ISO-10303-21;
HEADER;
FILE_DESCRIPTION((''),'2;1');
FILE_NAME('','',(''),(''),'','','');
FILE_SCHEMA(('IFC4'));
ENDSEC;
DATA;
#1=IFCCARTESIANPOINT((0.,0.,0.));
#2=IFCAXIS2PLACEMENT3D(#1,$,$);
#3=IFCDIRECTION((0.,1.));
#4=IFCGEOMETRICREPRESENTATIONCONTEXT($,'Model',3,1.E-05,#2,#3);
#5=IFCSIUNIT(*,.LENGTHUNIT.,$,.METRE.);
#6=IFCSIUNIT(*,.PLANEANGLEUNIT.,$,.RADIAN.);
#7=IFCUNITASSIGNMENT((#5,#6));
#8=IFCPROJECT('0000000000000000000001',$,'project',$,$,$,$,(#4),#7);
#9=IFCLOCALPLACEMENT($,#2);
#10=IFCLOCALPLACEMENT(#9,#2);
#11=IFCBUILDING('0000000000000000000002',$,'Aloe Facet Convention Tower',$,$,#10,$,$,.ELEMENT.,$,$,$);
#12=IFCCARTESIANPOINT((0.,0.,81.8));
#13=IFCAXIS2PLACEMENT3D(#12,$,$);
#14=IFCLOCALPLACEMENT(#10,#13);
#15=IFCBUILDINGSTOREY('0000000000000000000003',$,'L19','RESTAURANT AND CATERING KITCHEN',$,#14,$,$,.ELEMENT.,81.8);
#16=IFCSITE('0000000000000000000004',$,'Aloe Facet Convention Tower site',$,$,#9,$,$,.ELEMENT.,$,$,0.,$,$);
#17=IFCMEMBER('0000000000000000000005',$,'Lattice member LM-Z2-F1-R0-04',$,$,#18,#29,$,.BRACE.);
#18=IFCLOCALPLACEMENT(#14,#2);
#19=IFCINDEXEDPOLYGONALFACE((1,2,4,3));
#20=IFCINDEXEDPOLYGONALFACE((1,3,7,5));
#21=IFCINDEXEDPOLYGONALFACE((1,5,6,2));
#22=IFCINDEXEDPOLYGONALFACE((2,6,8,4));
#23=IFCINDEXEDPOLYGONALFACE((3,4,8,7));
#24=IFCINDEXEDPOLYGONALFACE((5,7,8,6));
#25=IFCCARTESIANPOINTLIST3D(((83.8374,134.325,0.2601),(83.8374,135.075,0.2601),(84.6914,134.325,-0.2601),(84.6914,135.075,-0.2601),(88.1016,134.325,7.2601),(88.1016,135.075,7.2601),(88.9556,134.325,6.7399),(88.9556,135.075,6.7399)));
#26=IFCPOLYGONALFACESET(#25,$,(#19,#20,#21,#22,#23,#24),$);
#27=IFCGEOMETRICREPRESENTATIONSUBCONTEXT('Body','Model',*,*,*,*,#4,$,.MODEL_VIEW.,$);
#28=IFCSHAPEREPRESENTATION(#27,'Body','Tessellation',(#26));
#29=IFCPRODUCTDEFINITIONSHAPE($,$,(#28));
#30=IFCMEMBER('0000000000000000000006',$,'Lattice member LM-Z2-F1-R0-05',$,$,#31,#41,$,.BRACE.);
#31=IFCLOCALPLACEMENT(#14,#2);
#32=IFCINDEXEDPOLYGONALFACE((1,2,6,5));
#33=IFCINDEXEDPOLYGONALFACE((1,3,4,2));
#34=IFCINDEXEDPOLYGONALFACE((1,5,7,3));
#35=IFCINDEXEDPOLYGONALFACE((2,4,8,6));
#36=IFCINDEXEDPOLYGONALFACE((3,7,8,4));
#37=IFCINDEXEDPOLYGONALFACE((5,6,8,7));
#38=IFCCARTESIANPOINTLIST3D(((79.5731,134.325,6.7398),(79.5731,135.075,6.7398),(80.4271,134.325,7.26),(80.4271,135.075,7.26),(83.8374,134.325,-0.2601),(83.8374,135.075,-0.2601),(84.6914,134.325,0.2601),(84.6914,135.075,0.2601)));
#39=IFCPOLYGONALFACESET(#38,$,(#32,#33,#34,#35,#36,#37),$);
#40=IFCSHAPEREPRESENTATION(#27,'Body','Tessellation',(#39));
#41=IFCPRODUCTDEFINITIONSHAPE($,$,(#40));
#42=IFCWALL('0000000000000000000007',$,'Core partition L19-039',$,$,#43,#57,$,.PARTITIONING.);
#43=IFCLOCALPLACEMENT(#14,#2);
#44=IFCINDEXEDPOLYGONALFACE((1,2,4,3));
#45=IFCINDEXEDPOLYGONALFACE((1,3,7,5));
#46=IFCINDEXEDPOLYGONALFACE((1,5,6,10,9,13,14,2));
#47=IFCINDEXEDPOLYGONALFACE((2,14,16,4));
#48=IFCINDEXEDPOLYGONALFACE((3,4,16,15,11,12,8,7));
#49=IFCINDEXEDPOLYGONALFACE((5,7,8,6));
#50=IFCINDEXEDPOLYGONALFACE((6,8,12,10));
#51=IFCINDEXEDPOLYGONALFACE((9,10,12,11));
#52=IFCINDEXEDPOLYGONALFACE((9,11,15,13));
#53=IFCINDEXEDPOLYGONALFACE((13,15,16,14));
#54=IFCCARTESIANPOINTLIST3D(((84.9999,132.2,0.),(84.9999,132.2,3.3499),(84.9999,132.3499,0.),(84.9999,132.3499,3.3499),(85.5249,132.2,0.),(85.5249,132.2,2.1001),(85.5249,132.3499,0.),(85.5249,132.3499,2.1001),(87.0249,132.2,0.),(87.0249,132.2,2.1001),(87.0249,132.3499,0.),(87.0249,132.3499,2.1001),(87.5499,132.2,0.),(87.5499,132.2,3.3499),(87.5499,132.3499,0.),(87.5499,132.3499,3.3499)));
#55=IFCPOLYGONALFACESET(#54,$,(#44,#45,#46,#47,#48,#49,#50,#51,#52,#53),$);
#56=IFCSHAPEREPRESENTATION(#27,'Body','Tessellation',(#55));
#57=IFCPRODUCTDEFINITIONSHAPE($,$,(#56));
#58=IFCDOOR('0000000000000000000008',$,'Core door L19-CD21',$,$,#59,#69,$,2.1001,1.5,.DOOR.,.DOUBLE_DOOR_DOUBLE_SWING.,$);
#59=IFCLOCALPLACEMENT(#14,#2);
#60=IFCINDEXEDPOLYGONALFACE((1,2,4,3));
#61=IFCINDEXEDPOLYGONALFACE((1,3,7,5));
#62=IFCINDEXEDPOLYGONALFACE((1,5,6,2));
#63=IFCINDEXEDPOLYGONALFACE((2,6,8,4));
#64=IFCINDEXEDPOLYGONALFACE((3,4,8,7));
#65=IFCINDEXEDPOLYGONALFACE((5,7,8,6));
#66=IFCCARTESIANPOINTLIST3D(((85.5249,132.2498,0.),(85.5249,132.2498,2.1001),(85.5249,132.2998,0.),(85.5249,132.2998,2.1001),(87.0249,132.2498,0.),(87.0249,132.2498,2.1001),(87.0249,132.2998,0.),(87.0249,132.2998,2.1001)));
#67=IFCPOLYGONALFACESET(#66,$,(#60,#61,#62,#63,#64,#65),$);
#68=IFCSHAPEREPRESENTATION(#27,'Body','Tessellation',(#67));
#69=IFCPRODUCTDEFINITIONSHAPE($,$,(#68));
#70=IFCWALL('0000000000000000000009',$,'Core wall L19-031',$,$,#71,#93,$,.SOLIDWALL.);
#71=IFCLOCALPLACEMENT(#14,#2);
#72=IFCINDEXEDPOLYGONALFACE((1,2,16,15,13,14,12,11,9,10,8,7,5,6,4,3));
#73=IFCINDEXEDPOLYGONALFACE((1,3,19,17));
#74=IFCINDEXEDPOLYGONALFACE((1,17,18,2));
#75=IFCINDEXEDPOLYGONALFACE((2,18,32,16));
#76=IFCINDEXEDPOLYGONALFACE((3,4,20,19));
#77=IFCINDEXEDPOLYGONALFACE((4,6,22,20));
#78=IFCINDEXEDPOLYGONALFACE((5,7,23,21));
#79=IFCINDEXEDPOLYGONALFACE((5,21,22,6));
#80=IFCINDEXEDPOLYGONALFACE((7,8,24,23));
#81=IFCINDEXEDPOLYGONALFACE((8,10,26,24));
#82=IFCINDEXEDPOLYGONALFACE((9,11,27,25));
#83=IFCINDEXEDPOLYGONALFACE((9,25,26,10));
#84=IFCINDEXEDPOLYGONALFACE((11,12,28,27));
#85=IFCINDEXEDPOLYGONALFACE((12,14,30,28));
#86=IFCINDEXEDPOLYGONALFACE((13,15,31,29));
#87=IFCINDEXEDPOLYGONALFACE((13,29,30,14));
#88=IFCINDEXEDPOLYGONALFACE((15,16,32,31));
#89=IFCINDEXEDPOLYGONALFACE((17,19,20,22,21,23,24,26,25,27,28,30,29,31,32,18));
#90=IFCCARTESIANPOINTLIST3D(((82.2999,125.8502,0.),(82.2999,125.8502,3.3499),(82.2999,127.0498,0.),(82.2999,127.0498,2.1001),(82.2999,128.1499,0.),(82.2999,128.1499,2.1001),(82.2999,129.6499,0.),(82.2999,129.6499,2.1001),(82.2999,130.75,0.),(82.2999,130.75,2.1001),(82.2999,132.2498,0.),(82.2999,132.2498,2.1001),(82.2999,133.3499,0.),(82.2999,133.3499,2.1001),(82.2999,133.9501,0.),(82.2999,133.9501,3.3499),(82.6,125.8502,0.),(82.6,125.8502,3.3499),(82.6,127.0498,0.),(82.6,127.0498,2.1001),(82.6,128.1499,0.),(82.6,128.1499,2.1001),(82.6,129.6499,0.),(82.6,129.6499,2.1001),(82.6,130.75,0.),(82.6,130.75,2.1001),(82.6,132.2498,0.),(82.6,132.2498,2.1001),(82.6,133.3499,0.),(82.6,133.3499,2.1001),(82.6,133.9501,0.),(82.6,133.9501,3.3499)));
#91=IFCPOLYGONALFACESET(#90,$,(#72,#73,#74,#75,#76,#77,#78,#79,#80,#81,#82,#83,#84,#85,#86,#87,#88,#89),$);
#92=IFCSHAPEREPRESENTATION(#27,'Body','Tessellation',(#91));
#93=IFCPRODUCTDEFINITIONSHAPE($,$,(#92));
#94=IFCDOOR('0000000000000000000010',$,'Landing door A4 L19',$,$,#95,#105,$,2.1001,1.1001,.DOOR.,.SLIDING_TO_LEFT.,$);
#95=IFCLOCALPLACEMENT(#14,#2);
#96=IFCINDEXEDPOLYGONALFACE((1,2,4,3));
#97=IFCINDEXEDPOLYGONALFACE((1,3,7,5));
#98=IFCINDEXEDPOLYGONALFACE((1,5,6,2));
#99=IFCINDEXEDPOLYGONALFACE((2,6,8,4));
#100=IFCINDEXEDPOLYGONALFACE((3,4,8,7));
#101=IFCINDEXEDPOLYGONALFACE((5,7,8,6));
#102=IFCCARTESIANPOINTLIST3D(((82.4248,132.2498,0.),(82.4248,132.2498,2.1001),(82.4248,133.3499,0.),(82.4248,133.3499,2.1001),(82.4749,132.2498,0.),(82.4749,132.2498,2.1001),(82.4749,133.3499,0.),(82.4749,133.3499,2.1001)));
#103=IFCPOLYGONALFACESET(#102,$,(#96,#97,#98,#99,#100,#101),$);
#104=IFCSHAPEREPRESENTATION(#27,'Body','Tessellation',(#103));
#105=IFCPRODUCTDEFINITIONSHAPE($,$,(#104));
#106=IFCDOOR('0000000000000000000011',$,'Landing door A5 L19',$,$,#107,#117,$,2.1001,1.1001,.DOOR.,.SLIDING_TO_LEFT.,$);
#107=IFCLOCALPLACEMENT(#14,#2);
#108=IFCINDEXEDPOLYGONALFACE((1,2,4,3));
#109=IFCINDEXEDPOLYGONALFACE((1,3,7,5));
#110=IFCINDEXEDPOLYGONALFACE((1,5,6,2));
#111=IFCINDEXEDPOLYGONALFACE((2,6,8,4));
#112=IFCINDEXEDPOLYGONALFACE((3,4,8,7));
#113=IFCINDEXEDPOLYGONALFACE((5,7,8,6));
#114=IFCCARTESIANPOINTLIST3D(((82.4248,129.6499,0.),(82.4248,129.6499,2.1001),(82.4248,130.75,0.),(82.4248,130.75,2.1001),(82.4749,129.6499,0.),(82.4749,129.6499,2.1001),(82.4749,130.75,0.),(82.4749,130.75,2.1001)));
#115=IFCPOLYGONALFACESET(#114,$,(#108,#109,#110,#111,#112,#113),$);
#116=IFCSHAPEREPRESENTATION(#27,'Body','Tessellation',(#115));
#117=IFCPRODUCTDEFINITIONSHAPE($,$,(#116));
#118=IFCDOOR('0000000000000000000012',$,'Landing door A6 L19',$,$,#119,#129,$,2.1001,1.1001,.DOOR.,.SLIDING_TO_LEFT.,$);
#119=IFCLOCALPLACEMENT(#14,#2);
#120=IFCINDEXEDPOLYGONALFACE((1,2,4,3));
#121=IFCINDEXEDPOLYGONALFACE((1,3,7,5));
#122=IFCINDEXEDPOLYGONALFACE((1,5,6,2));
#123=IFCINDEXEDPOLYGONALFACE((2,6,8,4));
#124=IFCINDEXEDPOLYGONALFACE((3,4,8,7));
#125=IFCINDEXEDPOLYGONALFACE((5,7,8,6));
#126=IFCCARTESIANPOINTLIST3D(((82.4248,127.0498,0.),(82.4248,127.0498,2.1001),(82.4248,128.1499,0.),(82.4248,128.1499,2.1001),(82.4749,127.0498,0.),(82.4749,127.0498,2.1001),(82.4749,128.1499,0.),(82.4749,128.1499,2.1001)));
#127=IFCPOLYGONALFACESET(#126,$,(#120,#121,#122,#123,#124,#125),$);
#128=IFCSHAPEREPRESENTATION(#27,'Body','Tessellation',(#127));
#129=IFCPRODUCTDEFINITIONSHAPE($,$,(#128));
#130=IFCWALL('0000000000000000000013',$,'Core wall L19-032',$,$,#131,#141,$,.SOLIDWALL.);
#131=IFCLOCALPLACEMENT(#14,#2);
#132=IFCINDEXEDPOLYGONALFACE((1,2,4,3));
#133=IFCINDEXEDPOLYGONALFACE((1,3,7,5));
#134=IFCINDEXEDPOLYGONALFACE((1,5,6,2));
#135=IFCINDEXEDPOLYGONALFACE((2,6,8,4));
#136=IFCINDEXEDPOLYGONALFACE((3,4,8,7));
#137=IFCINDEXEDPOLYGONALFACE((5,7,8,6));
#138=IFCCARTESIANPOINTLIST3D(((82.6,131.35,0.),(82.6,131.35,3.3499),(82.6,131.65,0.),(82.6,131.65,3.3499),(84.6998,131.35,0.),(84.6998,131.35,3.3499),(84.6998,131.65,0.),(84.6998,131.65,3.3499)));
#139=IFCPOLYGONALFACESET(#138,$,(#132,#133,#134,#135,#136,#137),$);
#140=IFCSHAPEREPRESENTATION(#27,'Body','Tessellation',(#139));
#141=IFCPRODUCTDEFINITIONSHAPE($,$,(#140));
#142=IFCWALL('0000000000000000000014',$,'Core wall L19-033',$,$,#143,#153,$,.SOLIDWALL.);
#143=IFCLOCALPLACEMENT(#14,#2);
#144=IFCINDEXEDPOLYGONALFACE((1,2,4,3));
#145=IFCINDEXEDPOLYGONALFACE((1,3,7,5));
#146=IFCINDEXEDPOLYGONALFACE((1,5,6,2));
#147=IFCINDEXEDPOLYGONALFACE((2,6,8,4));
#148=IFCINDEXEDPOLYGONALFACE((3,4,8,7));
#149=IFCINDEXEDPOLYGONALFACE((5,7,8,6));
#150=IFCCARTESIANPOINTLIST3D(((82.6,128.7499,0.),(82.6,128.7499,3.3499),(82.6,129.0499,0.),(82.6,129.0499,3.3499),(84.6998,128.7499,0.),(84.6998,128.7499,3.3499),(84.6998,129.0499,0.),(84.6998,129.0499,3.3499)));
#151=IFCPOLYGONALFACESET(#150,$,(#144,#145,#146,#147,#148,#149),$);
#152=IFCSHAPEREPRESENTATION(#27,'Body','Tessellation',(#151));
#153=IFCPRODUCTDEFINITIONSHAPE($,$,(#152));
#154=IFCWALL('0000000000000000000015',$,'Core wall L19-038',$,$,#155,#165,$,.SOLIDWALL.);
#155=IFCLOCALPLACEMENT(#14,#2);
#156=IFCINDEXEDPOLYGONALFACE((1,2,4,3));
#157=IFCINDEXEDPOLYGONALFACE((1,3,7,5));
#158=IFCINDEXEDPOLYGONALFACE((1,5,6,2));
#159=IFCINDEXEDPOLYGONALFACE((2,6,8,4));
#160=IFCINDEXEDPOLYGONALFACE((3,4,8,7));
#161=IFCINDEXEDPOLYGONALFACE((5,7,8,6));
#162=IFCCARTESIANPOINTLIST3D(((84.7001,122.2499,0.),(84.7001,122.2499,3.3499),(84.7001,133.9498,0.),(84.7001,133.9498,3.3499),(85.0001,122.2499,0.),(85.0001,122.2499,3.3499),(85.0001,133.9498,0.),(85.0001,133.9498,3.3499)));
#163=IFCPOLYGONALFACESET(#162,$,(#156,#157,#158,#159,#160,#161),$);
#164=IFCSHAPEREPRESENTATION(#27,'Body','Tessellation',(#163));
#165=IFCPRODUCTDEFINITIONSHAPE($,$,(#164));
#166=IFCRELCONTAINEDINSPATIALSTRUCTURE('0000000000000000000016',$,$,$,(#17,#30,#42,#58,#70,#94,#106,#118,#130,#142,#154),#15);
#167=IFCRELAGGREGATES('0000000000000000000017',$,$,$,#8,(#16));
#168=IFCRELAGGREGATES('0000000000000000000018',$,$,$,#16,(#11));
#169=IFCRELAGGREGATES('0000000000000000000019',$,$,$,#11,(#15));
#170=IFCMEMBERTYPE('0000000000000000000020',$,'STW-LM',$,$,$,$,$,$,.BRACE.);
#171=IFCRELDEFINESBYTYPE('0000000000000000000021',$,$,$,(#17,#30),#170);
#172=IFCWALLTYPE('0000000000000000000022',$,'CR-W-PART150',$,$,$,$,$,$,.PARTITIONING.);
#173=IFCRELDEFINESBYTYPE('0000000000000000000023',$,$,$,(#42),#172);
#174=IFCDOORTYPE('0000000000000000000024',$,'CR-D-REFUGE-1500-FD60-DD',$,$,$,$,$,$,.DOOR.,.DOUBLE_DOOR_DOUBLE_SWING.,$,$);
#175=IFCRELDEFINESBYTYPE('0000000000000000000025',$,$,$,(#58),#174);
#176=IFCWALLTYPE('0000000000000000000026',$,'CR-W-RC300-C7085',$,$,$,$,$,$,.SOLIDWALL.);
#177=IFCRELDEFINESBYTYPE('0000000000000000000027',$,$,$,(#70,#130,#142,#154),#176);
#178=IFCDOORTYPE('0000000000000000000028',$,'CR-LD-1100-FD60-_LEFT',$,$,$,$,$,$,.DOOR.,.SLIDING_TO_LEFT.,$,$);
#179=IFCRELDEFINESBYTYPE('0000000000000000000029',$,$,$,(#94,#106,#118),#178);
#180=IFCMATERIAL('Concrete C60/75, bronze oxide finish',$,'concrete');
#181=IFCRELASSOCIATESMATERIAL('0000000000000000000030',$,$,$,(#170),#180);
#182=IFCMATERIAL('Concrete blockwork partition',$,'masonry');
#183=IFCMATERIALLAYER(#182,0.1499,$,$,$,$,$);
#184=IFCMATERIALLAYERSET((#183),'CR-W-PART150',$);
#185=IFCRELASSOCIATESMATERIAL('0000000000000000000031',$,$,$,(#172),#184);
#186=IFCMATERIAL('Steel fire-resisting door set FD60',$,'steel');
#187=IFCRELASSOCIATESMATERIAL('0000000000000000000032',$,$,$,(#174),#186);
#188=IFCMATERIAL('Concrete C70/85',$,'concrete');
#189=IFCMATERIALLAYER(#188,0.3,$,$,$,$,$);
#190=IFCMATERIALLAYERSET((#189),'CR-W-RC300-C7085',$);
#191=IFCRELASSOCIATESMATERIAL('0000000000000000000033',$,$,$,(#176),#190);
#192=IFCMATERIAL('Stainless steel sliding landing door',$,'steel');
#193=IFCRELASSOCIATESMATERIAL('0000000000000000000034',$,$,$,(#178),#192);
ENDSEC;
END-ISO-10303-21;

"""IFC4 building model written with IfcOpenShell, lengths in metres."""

from ifc_helpers import new_model, si_unit, direction, frame, frame_2d, origin, origin_2d, place, context, subcontext, project, spatial, rectangle, extrude, material, layer, layer_set, material_profile, profile_set, type_object, element, fill, save


model = new_model("IFC4")

# Units and contexts
model_context = context("Model", 3, precision=1e-05, world=origin(), true_north=direction((0.0, 1.0)))
body_context = subcontext(model_context, "Body", "Model", "MODEL_VIEW")
ifc_project = project(units=[si_unit("LENGTHUNIT", "METRE"), si_unit("PLANEANGLEUNIT", "RADIAN")], contexts=[model_context])

# Site, building, storey
site_placement = place(None, origin())
site = spatial("IfcSite", under=ifc_project, at=site_placement, Name="Aloe Facet Convention Tower site", CompositionType="ELEMENT", RefElevation=0.0)
building_placement = place(site_placement, origin())
building = spatial("IfcBuilding", under=site, at=building_placement, Name="Aloe Facet Convention Tower", CompositionType="ELEMENT")
storey_placement = place(building_placement, frame((0.0, 0.0, 81.8)))
storey = spatial("IfcBuildingStorey", under=building, at=storey_placement, Name="L19", Description="RESTAURANT AND CATERING KITCHEN", CompositionType="ELEMENT", Elevation=81.8)

# Members
ifc_material_1 = material(Name="Concrete C60/75, bronze oxide finish", Category="concrete")
ifc_material_profile = material_profile(ifc_material_1, rectangle(XDim=0.75, YDim=1.0, at=origin_2d()), Name="STW-LM")
ifc_profile_set = profile_set([ifc_material_profile], Name="Concrete C60/75, bronze oxide finish")
member_type = type_object("IfcMemberType", Name="STW-LM", PredefinedType="BRACE", material=ifc_profile_set)
for number, where, z_axis, x_axis, name in (
    (1, (84.2644, 134.7, 0.0), (0.52024, 0.0, 0.85402), (0.0, 1.0, 0.0), "Lattice member LM-Z2-F1-R0-04"),
    (2, (84.2644, 134.7, 0.0), (-0.520262, 0.0, 0.854007), (0.0, -1.0, 0.0), "Lattice member LM-Z2-F1-R0-05"),
):
    element("IfcMember", number, at=place(storey_placement, frame(where, z_axis=z_axis, x_axis=x_axis)), inside=storey, type_object=member_type, Name=name, PredefinedType="BRACE", context=body_context, shape_type="SweptSolid", body=[
        extrude(rectangle(XDim=0.75, YDim=1.0, at=origin_2d()), origin(), (0.0, 0.0, 1.0), 8.1965),
    ])

# Wall, opening, door
ifc_material_2 = material(Name="Concrete blockwork partition", Category="masonry")
ifc_layer_1 = layer(ifc_material_2, 0.1499)
ifc_layer_set_1 = layer_set([ifc_layer_1], Name="CR-W-PART150")
wall_type_1 = type_object("IfcWallType", Name="CR-W-PART150", PredefinedType="PARTITIONING", material=ifc_layer_set_1)
wall_1_placement = place(storey_placement, frame((85.0, 132.2749, 0.0), z_axis=(0.0, 0.0, 1.0), x_axis=(1.0, 0.0, 0.0)))
wall_1 = element("IfcWall", 3, at=wall_1_placement, inside=storey, type_object=wall_type_1, Name="Core partition L19-039", PredefinedType="PARTITIONING", context=body_context, shape_type="SweptSolid", body=[
    extrude(rectangle(XDim=2.55, YDim=0.1499, at=frame_2d((1.2749, 0.0))), origin(), (0.0, 0.0, 1.0), 3.3499),
])
opening_1_placement = place(wall_1_placement, frame((0.5249, 0.0, 0.0)))
opening_1 = element("IfcOpeningElement", 4, at=opening_1_placement, cuts=wall_1, PredefinedType="OPENING", context=body_context, shape_type="SweptSolid", body=[
    extrude(rectangle(XDim=1.5, YDim=2.1001, at=frame_2d((0.75, 1.05))), frame((0.0, 0.085, 0.0), z_axis=(0.0, -1.0, 0.0), x_axis=(1.0, 0.0, 0.0)), (0.0, 0.0, 1.0), 0.1699),
])
ifc_material_3 = material(Name="Steel fire-resisting door set FD60", Category="steel")
door_type_1 = type_object("IfcDoorType", Name="CR-D-REFUGE-1500-FD60-DD", OperationType="DOUBLE_DOOR_DOUBLE_SWING", PredefinedType="DOOR", material=ifc_material_3)
door_1_placement = place(opening_1_placement, origin())
door_1 = element("IfcDoor", 5, at=door_1_placement, inside=storey, type_object=door_type_1, Name="Core door L19-CD21", OperationType="DOUBLE_DOOR_DOUBLE_SWING", OverallHeight=2.1001, OverallWidth=1.5, PredefinedType="DOOR", context=body_context, shape_type="SweptSolid", body=[
    extrude(rectangle(XDim=1.5, YDim=2.1001, at=frame_2d((0.75, 1.05))), frame((0.0, 0.0249, 0.0), z_axis=(0.0, -1.0, 0.0), x_axis=(1.0, 0.0, 0.0)), (0.0, 0.0, 1.0), 0.05),
])
fill(opening_1, door_1)

# Wall, openings, doors
ifc_material_4 = material(Name="Concrete C70/85", Category="concrete")
ifc_layer_2 = layer(ifc_material_4, 0.3)
ifc_layer_set_2 = layer_set([ifc_layer_2], Name="CR-W-RC300-C7085")
wall_type_2 = type_object("IfcWallType", Name="CR-W-RC300-C7085", PredefinedType="SOLIDWALL", material=ifc_layer_set_2)
wall_2_placement = place(storey_placement, frame((82.45, 133.95, 0.0), z_axis=(0.0, 0.0, 1.0), x_axis=(0.0, -1.0, 0.0)))
wall_2 = element("IfcWall", 6, at=wall_2_placement, inside=storey, type_object=wall_type_2, Name="Core wall L19-031", PredefinedType="SOLIDWALL", context=body_context, shape_type="SweptSolid", body=[
    extrude(rectangle(XDim=8.0999, YDim=0.3, at=frame_2d((4.0498, 0.0))), origin(), (0.0, 0.0, 1.0), 3.3499),
])
opening_2_placement = place(wall_2_placement, frame((0.6001, 0.0, 0.0)))
opening_2 = element("IfcOpeningElement", 7, at=opening_2_placement, cuts=wall_2, PredefinedType="OPENING", context=body_context, shape_type="SweptSolid", body=[
    extrude(rectangle(XDim=1.1001, YDim=2.1001, at=frame_2d((0.55, 1.05))), frame((0.0, 0.1602, 0.0), z_axis=(0.0, -1.0, 0.0), x_axis=(1.0, 0.0, 0.0)), (0.0, 0.0, 1.0), 0.3201),
])
opening_3_placement = place(wall_2_placement, frame((3.2, 0.0, 0.0)))
opening_3 = element("IfcOpeningElement", 8, at=opening_3_placement, cuts=wall_2, PredefinedType="OPENING", context=body_context, shape_type="SweptSolid", body=[
    extrude(rectangle(XDim=1.1001, YDim=2.1001, at=frame_2d((0.55, 1.05))), frame((0.0, 0.1602, 0.0), z_axis=(0.0, -1.0, 0.0), x_axis=(1.0, 0.0, 0.0)), (0.0, 0.0, 1.0), 0.3201),
])
opening_4_placement = place(wall_2_placement, frame((5.8, 0.0, 0.0)))
opening_4 = element("IfcOpeningElement", 9, at=opening_4_placement, cuts=wall_2, PredefinedType="OPENING", context=body_context, shape_type="SweptSolid", body=[
    extrude(rectangle(XDim=1.1001, YDim=2.1001, at=frame_2d((0.55, 1.05))), frame((0.0, 0.1602, 0.0), z_axis=(0.0, -1.0, 0.0), x_axis=(1.0, 0.0, 0.0)), (0.0, 0.0, 1.0), 0.3201),
])
ifc_material_5 = material(Name="Stainless steel sliding landing door", Category="steel")
door_type_2 = type_object("IfcDoorType", Name="CR-LD-1100-FD60-_LEFT", OperationType="SLIDING_TO_LEFT", PredefinedType="DOOR", material=ifc_material_5)
door_2_placement = place(opening_2_placement, origin())
door_2 = element("IfcDoor", 10, at=door_2_placement, inside=storey, type_object=door_type_2, Name="Landing door A4 L19", OperationType="SLIDING_TO_LEFT", OverallHeight=2.1001, OverallWidth=1.1001, PredefinedType="DOOR", context=body_context, shape_type="SweptSolid", body=[
    extrude(rectangle(XDim=1.1001, YDim=2.1001, at=frame_2d((0.55, 1.05))), frame((0.0, 0.0249, 0.0), z_axis=(0.0, -1.0, 0.0), x_axis=(1.0, 0.0, 0.0)), (0.0, 0.0, 1.0), 0.05),
])
fill(opening_2, door_2)
door_3_placement = place(opening_3_placement, origin())
door_3 = element("IfcDoor", 11, at=door_3_placement, inside=storey, type_object=door_type_2, Name="Landing door A5 L19", OperationType="SLIDING_TO_LEFT", OverallHeight=2.1001, OverallWidth=1.1001, PredefinedType="DOOR", context=body_context, shape_type="SweptSolid", body=[
    extrude(rectangle(XDim=1.1001, YDim=2.1001, at=frame_2d((0.55, 1.05))), frame((0.0, 0.0249, 0.0), z_axis=(0.0, -1.0, 0.0), x_axis=(1.0, 0.0, 0.0)), (0.0, 0.0, 1.0), 0.05),
])
fill(opening_3, door_3)
door_4_placement = place(opening_4_placement, origin())
door_4 = element("IfcDoor", 12, at=door_4_placement, inside=storey, type_object=door_type_2, Name="Landing door A6 L19", OperationType="SLIDING_TO_LEFT", OverallHeight=2.1001, OverallWidth=1.1001, PredefinedType="DOOR", context=body_context, shape_type="SweptSolid", body=[
    extrude(rectangle(XDim=1.1001, YDim=2.1001, at=frame_2d((0.55, 1.05))), frame((0.0, 0.0249, 0.0), z_axis=(0.0, -1.0, 0.0), x_axis=(1.0, 0.0, 0.0)), (0.0, 0.0, 1.0), 0.05),
])
fill(opening_4, door_4)

# Walls
for number, where, z_axis, x_axis, name in (
    (13, (82.6001, 131.5, 0.0), (0.0, 0.0, 1.0), (1.0, 0.0, 0.0), "Core wall L19-032"),
    (14, (82.6001, 128.8999, 0.0), (0.0, 0.0, 1.0), (1.0, 0.0, 0.0), "Core wall L19-033"),
):
    element("IfcWall", number, at=place(storey_placement, frame(where, z_axis=z_axis, x_axis=x_axis)), inside=storey, type_object=wall_type_2, Name=name, PredefinedType="SOLIDWALL", context=body_context, shape_type="SweptSolid", body=[
        extrude(rectangle(XDim=2.0999, YDim=0.3, at=frame_2d((1.0498, 0.0))), origin(), (0.0, 0.0, 1.0), 3.3499),
    ])
wall_3_placement = place(storey_placement, frame((84.8501, 133.95, 0.0), z_axis=(0.0, 0.0, 1.0), x_axis=(0.0, -1.0, 0.0)))
element("IfcWall", 15, at=wall_3_placement, inside=storey, type_object=wall_type_2, Name="Core wall L19-038", PredefinedType="SOLIDWALL", context=body_context, shape_type="SweptSolid", body=[
    extrude(rectangle(XDim=11.7, YDim=0.3, at=frame_2d((5.8501, 0.0))), origin(), (0.0, 0.0, 1.0), 3.3499),
])

save(model, "model.ifc")
